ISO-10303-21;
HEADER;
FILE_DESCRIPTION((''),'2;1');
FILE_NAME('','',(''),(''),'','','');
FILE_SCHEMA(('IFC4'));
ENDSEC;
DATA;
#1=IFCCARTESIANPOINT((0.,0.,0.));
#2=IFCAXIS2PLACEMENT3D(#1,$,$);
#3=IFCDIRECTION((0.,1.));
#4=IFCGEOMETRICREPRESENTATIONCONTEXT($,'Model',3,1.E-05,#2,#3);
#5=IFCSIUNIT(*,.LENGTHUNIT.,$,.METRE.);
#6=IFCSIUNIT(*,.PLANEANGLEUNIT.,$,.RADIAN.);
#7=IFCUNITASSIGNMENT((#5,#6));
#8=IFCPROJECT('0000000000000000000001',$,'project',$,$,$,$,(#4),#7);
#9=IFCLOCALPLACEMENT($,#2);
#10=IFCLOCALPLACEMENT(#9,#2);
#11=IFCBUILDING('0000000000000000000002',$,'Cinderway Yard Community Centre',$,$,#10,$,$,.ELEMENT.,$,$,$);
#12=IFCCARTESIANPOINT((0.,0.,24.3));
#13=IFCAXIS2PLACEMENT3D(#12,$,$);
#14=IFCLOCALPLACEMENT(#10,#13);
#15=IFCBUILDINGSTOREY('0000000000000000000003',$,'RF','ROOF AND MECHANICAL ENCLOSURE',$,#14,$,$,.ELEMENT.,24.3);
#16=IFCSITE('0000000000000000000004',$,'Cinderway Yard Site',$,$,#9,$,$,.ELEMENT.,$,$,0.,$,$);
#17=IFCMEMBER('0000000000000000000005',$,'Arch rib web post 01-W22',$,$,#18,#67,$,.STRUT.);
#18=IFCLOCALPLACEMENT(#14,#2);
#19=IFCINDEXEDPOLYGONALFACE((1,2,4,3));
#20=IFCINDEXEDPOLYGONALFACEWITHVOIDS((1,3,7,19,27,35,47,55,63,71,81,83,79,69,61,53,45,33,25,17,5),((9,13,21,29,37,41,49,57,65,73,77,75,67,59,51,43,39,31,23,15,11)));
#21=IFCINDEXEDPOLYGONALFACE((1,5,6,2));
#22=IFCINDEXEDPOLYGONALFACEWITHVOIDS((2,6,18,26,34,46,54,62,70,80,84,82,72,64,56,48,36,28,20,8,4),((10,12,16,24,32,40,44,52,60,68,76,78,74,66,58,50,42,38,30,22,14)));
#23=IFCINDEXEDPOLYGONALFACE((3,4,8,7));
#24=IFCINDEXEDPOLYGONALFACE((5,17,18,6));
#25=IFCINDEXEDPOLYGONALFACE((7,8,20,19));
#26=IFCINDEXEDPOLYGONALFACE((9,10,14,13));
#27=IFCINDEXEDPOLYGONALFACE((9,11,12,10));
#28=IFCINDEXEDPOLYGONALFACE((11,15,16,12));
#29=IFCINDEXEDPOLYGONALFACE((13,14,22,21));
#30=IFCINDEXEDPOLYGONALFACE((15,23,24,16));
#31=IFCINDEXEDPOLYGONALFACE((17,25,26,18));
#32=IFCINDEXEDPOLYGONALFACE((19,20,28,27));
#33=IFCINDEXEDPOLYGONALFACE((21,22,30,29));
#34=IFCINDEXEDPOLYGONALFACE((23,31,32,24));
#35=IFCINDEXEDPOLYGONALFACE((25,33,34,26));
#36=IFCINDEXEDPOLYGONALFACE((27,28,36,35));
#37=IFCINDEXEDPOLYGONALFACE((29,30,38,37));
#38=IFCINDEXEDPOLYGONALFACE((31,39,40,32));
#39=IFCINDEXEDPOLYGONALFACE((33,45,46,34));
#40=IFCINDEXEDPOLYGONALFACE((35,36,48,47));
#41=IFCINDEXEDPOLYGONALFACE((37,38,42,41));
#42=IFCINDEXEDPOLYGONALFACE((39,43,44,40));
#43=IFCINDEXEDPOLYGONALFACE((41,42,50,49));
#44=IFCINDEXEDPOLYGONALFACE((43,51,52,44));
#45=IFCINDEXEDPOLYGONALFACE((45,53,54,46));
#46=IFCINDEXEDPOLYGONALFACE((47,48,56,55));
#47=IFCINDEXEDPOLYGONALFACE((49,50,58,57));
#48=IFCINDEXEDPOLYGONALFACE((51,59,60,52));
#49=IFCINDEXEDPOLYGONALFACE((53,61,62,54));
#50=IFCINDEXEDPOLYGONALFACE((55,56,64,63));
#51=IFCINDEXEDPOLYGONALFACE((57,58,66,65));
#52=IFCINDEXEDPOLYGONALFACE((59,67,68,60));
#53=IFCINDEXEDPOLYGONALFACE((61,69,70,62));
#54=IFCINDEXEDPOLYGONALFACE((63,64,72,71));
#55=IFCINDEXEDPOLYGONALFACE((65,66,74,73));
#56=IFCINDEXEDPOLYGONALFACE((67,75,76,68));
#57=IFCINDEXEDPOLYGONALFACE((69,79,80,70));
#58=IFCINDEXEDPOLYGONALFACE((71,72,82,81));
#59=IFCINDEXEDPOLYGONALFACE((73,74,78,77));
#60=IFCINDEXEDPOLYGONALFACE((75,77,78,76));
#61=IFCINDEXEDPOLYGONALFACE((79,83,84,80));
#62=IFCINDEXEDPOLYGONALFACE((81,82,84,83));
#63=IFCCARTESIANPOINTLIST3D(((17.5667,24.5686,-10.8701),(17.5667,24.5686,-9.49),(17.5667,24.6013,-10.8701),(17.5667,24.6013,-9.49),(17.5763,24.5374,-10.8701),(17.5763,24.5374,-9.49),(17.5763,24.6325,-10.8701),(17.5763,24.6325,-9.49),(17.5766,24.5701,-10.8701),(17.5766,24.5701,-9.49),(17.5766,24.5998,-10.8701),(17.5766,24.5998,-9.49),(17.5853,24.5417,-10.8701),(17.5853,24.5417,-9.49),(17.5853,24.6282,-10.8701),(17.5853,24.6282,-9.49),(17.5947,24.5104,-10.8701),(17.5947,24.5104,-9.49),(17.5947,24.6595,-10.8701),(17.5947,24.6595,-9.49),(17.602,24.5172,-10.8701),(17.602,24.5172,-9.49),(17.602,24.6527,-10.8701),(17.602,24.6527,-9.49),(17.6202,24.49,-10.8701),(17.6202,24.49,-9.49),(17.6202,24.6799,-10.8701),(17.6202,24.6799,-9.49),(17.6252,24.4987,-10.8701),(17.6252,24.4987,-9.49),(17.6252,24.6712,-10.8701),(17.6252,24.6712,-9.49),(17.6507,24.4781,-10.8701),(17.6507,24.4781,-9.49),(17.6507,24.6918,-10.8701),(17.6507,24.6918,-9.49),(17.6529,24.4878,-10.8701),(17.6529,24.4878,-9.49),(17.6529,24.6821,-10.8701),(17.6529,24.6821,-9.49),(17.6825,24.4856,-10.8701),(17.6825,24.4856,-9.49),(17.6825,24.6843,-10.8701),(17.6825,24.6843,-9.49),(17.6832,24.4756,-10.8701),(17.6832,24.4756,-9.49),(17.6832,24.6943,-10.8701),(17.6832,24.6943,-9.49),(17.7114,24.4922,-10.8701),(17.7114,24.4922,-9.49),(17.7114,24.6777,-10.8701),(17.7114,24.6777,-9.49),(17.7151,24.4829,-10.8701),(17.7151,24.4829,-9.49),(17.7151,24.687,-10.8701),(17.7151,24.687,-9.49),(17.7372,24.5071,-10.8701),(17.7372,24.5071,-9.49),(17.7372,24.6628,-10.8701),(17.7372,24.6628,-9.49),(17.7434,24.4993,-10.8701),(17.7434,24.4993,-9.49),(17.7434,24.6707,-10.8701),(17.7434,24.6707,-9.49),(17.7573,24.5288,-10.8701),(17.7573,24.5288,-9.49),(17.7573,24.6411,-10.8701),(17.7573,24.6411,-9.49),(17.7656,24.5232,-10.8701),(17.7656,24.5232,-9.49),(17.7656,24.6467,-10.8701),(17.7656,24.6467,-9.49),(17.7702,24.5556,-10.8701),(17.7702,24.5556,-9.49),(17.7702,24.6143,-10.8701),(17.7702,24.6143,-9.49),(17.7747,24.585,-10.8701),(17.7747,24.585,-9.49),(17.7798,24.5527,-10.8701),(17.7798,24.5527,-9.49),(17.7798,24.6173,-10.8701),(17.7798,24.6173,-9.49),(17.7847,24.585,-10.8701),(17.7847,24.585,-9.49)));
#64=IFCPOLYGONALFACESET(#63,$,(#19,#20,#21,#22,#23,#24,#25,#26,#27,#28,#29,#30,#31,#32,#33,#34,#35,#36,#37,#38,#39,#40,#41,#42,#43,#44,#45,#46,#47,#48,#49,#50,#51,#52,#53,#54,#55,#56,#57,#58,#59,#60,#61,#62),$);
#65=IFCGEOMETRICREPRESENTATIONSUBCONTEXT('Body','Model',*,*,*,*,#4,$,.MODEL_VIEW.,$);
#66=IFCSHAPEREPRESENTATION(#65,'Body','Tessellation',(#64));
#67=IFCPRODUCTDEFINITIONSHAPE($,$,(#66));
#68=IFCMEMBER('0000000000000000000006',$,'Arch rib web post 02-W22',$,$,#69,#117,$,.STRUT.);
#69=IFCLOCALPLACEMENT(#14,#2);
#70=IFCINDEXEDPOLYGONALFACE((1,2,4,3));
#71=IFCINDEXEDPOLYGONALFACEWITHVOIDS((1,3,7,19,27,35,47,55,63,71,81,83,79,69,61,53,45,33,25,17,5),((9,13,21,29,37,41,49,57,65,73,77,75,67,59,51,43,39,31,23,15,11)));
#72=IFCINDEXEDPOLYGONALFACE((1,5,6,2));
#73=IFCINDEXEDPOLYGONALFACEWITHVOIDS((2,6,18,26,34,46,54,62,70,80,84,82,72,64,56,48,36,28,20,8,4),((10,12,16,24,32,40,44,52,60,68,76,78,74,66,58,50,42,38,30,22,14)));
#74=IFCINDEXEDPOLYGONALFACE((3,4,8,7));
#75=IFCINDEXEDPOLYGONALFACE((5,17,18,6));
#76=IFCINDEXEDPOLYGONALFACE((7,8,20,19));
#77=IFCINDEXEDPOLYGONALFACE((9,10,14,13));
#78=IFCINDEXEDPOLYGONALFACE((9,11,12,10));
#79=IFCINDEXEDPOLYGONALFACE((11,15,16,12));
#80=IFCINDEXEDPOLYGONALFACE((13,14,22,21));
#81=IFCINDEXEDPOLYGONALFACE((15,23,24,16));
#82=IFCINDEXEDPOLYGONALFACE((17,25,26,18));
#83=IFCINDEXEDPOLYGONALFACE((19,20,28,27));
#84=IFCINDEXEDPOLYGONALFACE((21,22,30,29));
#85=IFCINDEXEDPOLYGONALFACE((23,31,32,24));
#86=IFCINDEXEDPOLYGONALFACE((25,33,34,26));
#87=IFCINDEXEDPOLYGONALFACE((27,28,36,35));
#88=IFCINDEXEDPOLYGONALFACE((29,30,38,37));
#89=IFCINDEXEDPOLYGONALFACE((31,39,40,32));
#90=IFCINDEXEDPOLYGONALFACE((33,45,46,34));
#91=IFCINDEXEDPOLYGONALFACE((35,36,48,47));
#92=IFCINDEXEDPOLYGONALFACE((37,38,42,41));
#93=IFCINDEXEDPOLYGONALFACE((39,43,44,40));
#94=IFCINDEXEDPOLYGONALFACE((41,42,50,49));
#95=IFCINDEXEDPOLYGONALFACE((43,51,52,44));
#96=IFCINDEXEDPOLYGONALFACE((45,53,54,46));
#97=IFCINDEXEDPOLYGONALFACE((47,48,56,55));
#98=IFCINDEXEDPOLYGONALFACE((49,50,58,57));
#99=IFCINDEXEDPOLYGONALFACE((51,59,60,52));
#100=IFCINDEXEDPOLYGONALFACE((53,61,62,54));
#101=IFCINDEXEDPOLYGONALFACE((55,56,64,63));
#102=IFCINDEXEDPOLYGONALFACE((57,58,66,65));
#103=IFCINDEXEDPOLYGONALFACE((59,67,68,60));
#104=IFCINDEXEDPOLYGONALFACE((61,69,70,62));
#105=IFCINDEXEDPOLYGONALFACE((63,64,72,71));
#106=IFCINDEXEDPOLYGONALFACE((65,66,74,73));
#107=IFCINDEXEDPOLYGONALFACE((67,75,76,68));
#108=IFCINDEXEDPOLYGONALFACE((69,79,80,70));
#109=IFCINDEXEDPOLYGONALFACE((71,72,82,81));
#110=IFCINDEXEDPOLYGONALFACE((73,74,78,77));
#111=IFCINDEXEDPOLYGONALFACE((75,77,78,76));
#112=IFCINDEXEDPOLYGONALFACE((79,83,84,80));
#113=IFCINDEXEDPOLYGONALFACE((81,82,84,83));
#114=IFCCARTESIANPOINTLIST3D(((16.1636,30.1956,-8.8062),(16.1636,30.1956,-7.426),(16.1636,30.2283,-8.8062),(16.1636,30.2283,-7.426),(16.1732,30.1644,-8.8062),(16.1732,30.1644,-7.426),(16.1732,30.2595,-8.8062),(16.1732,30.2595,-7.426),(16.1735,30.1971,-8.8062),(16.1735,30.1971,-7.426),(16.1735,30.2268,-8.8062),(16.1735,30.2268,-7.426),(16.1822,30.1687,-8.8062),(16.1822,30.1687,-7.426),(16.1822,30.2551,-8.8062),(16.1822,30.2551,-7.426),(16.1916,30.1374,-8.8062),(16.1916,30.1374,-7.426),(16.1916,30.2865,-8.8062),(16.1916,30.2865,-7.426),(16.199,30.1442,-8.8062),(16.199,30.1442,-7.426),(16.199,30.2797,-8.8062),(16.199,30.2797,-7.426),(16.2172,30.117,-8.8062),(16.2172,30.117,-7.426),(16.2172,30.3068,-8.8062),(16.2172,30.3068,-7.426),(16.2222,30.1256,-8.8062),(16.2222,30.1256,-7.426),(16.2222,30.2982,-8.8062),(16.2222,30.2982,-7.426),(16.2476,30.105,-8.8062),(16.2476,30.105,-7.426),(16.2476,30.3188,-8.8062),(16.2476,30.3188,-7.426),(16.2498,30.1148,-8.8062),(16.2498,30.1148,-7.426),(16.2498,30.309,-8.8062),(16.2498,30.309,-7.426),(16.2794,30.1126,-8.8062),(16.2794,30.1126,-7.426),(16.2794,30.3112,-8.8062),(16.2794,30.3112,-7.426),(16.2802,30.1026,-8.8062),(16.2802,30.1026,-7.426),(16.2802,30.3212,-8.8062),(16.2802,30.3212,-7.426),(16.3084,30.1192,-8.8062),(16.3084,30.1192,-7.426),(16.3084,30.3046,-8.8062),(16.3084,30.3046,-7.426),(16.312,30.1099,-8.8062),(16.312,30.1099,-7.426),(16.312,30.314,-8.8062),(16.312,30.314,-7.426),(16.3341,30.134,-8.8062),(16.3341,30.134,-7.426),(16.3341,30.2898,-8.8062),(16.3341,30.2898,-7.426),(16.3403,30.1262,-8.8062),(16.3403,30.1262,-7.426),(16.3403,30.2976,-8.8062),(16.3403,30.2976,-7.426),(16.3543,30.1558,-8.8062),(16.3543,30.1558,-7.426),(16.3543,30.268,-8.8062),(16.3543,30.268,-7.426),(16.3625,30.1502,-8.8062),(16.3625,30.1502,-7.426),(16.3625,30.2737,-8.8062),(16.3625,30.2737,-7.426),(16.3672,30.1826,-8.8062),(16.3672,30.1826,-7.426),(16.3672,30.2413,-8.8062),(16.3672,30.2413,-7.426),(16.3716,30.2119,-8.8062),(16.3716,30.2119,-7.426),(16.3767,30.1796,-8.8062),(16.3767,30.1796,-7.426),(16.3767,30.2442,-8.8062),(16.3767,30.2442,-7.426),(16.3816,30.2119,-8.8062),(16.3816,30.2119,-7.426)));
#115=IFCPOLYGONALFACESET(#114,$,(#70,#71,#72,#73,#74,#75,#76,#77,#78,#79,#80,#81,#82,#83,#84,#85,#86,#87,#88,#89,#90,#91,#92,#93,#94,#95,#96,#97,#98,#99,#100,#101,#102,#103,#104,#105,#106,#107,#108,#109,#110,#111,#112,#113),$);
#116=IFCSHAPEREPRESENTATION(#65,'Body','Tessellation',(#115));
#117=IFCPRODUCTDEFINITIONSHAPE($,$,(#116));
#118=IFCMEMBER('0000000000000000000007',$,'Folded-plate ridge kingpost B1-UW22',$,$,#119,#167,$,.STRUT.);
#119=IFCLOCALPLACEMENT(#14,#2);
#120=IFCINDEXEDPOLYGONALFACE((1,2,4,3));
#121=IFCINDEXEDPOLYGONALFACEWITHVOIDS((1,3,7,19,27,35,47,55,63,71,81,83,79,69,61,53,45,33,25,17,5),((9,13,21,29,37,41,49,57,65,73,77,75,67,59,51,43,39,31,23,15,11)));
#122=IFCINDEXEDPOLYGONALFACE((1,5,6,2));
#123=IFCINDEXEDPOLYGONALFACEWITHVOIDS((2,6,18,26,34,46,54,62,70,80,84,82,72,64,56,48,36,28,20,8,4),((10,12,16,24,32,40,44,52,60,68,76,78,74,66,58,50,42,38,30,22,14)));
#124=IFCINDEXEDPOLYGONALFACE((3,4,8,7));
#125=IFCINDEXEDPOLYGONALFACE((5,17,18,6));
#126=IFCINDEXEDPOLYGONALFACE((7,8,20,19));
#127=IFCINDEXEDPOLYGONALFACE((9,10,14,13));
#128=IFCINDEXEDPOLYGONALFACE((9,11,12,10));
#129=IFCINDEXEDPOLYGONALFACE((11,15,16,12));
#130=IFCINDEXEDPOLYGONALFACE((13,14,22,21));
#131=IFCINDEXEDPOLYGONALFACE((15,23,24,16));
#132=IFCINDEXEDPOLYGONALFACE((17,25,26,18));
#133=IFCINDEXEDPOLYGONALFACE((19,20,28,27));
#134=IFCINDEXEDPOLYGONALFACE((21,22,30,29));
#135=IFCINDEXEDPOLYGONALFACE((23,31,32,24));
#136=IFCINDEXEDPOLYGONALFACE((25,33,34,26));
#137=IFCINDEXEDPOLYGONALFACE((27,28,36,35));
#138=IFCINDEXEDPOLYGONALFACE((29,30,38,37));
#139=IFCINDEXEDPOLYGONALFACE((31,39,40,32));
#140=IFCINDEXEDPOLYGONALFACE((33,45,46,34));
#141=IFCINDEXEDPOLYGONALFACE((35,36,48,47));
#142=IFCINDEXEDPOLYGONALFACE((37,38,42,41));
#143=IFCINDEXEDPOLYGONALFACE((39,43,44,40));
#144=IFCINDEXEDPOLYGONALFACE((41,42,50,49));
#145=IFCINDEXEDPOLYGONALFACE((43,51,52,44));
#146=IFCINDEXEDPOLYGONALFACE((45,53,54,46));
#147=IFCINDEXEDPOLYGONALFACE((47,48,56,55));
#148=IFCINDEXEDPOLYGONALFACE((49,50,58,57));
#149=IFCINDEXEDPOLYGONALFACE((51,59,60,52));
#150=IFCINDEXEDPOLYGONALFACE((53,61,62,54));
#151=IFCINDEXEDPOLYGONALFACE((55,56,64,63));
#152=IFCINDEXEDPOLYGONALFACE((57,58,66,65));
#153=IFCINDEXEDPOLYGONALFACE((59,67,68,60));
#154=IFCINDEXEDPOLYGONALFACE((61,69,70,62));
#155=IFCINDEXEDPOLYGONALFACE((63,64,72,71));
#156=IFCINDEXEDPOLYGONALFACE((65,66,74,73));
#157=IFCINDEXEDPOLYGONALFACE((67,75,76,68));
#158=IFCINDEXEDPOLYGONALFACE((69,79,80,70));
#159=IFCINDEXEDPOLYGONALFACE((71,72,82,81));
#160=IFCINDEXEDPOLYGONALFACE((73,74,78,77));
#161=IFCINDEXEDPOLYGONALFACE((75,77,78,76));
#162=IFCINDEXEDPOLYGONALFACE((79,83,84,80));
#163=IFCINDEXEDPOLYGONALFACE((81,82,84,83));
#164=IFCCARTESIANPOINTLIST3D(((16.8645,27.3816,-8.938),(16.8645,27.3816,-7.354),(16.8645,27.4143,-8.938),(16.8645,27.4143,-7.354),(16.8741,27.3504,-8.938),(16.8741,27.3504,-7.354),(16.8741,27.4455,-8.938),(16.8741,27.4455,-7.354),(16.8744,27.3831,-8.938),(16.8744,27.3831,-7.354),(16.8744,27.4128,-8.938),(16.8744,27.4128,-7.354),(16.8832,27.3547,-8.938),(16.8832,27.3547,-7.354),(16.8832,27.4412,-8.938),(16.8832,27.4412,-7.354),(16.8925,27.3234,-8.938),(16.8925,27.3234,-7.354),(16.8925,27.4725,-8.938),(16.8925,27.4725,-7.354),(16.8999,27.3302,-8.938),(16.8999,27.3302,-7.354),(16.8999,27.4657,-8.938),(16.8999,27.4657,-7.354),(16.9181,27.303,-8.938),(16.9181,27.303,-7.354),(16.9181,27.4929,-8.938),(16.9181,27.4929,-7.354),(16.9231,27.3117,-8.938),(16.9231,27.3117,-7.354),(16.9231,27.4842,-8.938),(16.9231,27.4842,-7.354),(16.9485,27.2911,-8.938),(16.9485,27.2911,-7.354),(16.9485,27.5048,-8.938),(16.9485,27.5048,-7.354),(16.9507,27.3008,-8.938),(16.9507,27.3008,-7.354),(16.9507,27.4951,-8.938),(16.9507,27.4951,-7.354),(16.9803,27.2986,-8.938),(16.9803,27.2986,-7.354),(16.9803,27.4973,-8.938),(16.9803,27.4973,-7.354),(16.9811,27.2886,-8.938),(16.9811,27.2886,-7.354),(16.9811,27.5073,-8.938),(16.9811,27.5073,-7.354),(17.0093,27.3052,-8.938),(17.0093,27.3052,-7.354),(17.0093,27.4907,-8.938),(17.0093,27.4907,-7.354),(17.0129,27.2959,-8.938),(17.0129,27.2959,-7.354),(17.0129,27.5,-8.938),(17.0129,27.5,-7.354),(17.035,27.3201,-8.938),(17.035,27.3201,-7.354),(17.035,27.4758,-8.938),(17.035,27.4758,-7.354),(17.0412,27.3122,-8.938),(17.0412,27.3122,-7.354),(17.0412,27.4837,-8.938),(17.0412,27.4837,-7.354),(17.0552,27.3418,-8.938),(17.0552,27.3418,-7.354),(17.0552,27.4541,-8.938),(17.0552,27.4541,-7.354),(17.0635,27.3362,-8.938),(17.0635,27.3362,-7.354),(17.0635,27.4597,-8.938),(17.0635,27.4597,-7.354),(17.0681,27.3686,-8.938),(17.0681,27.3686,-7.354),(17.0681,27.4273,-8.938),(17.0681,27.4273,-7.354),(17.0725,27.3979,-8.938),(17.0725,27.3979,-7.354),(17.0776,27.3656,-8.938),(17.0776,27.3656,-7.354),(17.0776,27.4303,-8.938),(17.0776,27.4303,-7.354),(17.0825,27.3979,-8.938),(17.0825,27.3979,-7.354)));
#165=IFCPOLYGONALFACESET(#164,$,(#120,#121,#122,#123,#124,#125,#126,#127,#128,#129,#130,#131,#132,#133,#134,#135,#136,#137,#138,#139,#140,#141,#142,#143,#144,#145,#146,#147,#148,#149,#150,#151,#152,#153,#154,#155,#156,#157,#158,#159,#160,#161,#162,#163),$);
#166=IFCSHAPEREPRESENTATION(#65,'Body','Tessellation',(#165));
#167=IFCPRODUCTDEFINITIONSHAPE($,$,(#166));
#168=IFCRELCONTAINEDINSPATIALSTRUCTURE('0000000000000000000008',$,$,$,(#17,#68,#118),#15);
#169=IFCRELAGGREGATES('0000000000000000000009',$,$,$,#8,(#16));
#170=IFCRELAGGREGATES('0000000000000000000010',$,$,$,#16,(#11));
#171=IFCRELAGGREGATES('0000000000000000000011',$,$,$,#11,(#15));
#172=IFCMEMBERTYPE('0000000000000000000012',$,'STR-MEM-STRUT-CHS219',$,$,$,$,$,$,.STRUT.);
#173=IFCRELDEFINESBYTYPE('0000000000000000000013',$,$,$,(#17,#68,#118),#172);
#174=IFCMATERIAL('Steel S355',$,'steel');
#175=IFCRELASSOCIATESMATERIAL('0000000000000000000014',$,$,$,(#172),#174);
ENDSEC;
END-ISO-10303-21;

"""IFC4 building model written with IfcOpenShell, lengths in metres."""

from ifc_helpers import new_model, si_unit, direction, frame, origin, origin_2d, place, context, subcontext, project, spatial, hollow_circle, extrude, material, material_profile, profile_set, type_object, element, save


model = new_model("IFC4")

# Units and contexts
model_context = context("Model", 3, precision=1e-05, world=origin(), true_north=direction((0.0, 1.0)))
body_context = subcontext(model_context, "Body", "Model", "MODEL_VIEW")
ifc_project = project(units=[si_unit("LENGTHUNIT", "METRE"), si_unit("PLANEANGLEUNIT", "RADIAN")], contexts=[model_context])

# Site, building, storey
site_placement = place(None, origin())
site = spatial("IfcSite", under=ifc_project, at=site_placement, Name="Cinderway Yard Site", CompositionType="ELEMENT", RefElevation=0.0)
building_placement = place(site_placement, origin())
building = spatial("IfcBuilding", under=site, at=building_placement, Name="Cinderway Yard Community Centre", CompositionType="ELEMENT")
storey_placement = place(building_placement, frame((0.0, 0.0, 24.3)))
storey = spatial("IfcBuildingStorey", under=building, at=storey_placement, Name="RF", Description="ROOF AND MECHANICAL ENCLOSURE", CompositionType="ELEMENT", Elevation=24.3)

# Shared definitions
ifc_material_1 = material(Name="Steel S355", Category="steel")

# Members
ifc_material_profile_1 = material_profile(ifc_material_1, hollow_circle(Radius=0.1096, WallThickness=0.01, at=origin_2d()), Name="Steel S355")
ifc_profile_set_1 = profile_set([ifc_material_profile_1], Name="Steel S355")
member_type_1 = type_object("IfcMemberType", Name="STR-MEM-STRUT-CHS219", PredefinedType="STRUT", material=ifc_profile_set_1)
for number, where, z_axis, x_axis, name in (
    (1, (17.675, 24.585, -10.8701), (0.0, 0.0, 1.0), (1.0, 0.0, 0.0), "Arch rib web post 01-W22"),
    (2, (16.272, 30.2119, -8.8062), (0.0, 0.0, 1.0), (1.0, 0.0, 0.0), "Arch rib web post 02-W22"),
):
    element("IfcMember", number, at=place(storey_placement, frame(where, z_axis=z_axis, x_axis=x_axis)), inside=storey, type_object=member_type_1, Name=name, PredefinedType="STRUT", context=body_context, shape_type="SweptSolid", body=[
        extrude(hollow_circle(Radius=0.1096, WallThickness=0.01, at=origin_2d()), origin(), (0.0, 0.0, 1.0), 1.3801),
    ])
for number, where, z_axis, x_axis, name in (
    (3, (16.9729, 27.3979, -8.938), (0.0, 0.0, 1.0), (1.0, 0.0, 0.0), "Folded-plate ridge kingpost B1-UW22"),
):
    element("IfcMember", number, at=place(storey_placement, frame(where, z_axis=z_axis, x_axis=x_axis)), inside=storey, type_object=member_type_1, Name=name, PredefinedType="STRUT", context=body_context, shape_type="SweptSolid", body=[
        extrude(hollow_circle(Radius=0.1096, WallThickness=0.01, at=origin_2d()), origin(), (0.0, 0.0, 1.0), 1.584),
    ])

save(model, "model.ifc")
